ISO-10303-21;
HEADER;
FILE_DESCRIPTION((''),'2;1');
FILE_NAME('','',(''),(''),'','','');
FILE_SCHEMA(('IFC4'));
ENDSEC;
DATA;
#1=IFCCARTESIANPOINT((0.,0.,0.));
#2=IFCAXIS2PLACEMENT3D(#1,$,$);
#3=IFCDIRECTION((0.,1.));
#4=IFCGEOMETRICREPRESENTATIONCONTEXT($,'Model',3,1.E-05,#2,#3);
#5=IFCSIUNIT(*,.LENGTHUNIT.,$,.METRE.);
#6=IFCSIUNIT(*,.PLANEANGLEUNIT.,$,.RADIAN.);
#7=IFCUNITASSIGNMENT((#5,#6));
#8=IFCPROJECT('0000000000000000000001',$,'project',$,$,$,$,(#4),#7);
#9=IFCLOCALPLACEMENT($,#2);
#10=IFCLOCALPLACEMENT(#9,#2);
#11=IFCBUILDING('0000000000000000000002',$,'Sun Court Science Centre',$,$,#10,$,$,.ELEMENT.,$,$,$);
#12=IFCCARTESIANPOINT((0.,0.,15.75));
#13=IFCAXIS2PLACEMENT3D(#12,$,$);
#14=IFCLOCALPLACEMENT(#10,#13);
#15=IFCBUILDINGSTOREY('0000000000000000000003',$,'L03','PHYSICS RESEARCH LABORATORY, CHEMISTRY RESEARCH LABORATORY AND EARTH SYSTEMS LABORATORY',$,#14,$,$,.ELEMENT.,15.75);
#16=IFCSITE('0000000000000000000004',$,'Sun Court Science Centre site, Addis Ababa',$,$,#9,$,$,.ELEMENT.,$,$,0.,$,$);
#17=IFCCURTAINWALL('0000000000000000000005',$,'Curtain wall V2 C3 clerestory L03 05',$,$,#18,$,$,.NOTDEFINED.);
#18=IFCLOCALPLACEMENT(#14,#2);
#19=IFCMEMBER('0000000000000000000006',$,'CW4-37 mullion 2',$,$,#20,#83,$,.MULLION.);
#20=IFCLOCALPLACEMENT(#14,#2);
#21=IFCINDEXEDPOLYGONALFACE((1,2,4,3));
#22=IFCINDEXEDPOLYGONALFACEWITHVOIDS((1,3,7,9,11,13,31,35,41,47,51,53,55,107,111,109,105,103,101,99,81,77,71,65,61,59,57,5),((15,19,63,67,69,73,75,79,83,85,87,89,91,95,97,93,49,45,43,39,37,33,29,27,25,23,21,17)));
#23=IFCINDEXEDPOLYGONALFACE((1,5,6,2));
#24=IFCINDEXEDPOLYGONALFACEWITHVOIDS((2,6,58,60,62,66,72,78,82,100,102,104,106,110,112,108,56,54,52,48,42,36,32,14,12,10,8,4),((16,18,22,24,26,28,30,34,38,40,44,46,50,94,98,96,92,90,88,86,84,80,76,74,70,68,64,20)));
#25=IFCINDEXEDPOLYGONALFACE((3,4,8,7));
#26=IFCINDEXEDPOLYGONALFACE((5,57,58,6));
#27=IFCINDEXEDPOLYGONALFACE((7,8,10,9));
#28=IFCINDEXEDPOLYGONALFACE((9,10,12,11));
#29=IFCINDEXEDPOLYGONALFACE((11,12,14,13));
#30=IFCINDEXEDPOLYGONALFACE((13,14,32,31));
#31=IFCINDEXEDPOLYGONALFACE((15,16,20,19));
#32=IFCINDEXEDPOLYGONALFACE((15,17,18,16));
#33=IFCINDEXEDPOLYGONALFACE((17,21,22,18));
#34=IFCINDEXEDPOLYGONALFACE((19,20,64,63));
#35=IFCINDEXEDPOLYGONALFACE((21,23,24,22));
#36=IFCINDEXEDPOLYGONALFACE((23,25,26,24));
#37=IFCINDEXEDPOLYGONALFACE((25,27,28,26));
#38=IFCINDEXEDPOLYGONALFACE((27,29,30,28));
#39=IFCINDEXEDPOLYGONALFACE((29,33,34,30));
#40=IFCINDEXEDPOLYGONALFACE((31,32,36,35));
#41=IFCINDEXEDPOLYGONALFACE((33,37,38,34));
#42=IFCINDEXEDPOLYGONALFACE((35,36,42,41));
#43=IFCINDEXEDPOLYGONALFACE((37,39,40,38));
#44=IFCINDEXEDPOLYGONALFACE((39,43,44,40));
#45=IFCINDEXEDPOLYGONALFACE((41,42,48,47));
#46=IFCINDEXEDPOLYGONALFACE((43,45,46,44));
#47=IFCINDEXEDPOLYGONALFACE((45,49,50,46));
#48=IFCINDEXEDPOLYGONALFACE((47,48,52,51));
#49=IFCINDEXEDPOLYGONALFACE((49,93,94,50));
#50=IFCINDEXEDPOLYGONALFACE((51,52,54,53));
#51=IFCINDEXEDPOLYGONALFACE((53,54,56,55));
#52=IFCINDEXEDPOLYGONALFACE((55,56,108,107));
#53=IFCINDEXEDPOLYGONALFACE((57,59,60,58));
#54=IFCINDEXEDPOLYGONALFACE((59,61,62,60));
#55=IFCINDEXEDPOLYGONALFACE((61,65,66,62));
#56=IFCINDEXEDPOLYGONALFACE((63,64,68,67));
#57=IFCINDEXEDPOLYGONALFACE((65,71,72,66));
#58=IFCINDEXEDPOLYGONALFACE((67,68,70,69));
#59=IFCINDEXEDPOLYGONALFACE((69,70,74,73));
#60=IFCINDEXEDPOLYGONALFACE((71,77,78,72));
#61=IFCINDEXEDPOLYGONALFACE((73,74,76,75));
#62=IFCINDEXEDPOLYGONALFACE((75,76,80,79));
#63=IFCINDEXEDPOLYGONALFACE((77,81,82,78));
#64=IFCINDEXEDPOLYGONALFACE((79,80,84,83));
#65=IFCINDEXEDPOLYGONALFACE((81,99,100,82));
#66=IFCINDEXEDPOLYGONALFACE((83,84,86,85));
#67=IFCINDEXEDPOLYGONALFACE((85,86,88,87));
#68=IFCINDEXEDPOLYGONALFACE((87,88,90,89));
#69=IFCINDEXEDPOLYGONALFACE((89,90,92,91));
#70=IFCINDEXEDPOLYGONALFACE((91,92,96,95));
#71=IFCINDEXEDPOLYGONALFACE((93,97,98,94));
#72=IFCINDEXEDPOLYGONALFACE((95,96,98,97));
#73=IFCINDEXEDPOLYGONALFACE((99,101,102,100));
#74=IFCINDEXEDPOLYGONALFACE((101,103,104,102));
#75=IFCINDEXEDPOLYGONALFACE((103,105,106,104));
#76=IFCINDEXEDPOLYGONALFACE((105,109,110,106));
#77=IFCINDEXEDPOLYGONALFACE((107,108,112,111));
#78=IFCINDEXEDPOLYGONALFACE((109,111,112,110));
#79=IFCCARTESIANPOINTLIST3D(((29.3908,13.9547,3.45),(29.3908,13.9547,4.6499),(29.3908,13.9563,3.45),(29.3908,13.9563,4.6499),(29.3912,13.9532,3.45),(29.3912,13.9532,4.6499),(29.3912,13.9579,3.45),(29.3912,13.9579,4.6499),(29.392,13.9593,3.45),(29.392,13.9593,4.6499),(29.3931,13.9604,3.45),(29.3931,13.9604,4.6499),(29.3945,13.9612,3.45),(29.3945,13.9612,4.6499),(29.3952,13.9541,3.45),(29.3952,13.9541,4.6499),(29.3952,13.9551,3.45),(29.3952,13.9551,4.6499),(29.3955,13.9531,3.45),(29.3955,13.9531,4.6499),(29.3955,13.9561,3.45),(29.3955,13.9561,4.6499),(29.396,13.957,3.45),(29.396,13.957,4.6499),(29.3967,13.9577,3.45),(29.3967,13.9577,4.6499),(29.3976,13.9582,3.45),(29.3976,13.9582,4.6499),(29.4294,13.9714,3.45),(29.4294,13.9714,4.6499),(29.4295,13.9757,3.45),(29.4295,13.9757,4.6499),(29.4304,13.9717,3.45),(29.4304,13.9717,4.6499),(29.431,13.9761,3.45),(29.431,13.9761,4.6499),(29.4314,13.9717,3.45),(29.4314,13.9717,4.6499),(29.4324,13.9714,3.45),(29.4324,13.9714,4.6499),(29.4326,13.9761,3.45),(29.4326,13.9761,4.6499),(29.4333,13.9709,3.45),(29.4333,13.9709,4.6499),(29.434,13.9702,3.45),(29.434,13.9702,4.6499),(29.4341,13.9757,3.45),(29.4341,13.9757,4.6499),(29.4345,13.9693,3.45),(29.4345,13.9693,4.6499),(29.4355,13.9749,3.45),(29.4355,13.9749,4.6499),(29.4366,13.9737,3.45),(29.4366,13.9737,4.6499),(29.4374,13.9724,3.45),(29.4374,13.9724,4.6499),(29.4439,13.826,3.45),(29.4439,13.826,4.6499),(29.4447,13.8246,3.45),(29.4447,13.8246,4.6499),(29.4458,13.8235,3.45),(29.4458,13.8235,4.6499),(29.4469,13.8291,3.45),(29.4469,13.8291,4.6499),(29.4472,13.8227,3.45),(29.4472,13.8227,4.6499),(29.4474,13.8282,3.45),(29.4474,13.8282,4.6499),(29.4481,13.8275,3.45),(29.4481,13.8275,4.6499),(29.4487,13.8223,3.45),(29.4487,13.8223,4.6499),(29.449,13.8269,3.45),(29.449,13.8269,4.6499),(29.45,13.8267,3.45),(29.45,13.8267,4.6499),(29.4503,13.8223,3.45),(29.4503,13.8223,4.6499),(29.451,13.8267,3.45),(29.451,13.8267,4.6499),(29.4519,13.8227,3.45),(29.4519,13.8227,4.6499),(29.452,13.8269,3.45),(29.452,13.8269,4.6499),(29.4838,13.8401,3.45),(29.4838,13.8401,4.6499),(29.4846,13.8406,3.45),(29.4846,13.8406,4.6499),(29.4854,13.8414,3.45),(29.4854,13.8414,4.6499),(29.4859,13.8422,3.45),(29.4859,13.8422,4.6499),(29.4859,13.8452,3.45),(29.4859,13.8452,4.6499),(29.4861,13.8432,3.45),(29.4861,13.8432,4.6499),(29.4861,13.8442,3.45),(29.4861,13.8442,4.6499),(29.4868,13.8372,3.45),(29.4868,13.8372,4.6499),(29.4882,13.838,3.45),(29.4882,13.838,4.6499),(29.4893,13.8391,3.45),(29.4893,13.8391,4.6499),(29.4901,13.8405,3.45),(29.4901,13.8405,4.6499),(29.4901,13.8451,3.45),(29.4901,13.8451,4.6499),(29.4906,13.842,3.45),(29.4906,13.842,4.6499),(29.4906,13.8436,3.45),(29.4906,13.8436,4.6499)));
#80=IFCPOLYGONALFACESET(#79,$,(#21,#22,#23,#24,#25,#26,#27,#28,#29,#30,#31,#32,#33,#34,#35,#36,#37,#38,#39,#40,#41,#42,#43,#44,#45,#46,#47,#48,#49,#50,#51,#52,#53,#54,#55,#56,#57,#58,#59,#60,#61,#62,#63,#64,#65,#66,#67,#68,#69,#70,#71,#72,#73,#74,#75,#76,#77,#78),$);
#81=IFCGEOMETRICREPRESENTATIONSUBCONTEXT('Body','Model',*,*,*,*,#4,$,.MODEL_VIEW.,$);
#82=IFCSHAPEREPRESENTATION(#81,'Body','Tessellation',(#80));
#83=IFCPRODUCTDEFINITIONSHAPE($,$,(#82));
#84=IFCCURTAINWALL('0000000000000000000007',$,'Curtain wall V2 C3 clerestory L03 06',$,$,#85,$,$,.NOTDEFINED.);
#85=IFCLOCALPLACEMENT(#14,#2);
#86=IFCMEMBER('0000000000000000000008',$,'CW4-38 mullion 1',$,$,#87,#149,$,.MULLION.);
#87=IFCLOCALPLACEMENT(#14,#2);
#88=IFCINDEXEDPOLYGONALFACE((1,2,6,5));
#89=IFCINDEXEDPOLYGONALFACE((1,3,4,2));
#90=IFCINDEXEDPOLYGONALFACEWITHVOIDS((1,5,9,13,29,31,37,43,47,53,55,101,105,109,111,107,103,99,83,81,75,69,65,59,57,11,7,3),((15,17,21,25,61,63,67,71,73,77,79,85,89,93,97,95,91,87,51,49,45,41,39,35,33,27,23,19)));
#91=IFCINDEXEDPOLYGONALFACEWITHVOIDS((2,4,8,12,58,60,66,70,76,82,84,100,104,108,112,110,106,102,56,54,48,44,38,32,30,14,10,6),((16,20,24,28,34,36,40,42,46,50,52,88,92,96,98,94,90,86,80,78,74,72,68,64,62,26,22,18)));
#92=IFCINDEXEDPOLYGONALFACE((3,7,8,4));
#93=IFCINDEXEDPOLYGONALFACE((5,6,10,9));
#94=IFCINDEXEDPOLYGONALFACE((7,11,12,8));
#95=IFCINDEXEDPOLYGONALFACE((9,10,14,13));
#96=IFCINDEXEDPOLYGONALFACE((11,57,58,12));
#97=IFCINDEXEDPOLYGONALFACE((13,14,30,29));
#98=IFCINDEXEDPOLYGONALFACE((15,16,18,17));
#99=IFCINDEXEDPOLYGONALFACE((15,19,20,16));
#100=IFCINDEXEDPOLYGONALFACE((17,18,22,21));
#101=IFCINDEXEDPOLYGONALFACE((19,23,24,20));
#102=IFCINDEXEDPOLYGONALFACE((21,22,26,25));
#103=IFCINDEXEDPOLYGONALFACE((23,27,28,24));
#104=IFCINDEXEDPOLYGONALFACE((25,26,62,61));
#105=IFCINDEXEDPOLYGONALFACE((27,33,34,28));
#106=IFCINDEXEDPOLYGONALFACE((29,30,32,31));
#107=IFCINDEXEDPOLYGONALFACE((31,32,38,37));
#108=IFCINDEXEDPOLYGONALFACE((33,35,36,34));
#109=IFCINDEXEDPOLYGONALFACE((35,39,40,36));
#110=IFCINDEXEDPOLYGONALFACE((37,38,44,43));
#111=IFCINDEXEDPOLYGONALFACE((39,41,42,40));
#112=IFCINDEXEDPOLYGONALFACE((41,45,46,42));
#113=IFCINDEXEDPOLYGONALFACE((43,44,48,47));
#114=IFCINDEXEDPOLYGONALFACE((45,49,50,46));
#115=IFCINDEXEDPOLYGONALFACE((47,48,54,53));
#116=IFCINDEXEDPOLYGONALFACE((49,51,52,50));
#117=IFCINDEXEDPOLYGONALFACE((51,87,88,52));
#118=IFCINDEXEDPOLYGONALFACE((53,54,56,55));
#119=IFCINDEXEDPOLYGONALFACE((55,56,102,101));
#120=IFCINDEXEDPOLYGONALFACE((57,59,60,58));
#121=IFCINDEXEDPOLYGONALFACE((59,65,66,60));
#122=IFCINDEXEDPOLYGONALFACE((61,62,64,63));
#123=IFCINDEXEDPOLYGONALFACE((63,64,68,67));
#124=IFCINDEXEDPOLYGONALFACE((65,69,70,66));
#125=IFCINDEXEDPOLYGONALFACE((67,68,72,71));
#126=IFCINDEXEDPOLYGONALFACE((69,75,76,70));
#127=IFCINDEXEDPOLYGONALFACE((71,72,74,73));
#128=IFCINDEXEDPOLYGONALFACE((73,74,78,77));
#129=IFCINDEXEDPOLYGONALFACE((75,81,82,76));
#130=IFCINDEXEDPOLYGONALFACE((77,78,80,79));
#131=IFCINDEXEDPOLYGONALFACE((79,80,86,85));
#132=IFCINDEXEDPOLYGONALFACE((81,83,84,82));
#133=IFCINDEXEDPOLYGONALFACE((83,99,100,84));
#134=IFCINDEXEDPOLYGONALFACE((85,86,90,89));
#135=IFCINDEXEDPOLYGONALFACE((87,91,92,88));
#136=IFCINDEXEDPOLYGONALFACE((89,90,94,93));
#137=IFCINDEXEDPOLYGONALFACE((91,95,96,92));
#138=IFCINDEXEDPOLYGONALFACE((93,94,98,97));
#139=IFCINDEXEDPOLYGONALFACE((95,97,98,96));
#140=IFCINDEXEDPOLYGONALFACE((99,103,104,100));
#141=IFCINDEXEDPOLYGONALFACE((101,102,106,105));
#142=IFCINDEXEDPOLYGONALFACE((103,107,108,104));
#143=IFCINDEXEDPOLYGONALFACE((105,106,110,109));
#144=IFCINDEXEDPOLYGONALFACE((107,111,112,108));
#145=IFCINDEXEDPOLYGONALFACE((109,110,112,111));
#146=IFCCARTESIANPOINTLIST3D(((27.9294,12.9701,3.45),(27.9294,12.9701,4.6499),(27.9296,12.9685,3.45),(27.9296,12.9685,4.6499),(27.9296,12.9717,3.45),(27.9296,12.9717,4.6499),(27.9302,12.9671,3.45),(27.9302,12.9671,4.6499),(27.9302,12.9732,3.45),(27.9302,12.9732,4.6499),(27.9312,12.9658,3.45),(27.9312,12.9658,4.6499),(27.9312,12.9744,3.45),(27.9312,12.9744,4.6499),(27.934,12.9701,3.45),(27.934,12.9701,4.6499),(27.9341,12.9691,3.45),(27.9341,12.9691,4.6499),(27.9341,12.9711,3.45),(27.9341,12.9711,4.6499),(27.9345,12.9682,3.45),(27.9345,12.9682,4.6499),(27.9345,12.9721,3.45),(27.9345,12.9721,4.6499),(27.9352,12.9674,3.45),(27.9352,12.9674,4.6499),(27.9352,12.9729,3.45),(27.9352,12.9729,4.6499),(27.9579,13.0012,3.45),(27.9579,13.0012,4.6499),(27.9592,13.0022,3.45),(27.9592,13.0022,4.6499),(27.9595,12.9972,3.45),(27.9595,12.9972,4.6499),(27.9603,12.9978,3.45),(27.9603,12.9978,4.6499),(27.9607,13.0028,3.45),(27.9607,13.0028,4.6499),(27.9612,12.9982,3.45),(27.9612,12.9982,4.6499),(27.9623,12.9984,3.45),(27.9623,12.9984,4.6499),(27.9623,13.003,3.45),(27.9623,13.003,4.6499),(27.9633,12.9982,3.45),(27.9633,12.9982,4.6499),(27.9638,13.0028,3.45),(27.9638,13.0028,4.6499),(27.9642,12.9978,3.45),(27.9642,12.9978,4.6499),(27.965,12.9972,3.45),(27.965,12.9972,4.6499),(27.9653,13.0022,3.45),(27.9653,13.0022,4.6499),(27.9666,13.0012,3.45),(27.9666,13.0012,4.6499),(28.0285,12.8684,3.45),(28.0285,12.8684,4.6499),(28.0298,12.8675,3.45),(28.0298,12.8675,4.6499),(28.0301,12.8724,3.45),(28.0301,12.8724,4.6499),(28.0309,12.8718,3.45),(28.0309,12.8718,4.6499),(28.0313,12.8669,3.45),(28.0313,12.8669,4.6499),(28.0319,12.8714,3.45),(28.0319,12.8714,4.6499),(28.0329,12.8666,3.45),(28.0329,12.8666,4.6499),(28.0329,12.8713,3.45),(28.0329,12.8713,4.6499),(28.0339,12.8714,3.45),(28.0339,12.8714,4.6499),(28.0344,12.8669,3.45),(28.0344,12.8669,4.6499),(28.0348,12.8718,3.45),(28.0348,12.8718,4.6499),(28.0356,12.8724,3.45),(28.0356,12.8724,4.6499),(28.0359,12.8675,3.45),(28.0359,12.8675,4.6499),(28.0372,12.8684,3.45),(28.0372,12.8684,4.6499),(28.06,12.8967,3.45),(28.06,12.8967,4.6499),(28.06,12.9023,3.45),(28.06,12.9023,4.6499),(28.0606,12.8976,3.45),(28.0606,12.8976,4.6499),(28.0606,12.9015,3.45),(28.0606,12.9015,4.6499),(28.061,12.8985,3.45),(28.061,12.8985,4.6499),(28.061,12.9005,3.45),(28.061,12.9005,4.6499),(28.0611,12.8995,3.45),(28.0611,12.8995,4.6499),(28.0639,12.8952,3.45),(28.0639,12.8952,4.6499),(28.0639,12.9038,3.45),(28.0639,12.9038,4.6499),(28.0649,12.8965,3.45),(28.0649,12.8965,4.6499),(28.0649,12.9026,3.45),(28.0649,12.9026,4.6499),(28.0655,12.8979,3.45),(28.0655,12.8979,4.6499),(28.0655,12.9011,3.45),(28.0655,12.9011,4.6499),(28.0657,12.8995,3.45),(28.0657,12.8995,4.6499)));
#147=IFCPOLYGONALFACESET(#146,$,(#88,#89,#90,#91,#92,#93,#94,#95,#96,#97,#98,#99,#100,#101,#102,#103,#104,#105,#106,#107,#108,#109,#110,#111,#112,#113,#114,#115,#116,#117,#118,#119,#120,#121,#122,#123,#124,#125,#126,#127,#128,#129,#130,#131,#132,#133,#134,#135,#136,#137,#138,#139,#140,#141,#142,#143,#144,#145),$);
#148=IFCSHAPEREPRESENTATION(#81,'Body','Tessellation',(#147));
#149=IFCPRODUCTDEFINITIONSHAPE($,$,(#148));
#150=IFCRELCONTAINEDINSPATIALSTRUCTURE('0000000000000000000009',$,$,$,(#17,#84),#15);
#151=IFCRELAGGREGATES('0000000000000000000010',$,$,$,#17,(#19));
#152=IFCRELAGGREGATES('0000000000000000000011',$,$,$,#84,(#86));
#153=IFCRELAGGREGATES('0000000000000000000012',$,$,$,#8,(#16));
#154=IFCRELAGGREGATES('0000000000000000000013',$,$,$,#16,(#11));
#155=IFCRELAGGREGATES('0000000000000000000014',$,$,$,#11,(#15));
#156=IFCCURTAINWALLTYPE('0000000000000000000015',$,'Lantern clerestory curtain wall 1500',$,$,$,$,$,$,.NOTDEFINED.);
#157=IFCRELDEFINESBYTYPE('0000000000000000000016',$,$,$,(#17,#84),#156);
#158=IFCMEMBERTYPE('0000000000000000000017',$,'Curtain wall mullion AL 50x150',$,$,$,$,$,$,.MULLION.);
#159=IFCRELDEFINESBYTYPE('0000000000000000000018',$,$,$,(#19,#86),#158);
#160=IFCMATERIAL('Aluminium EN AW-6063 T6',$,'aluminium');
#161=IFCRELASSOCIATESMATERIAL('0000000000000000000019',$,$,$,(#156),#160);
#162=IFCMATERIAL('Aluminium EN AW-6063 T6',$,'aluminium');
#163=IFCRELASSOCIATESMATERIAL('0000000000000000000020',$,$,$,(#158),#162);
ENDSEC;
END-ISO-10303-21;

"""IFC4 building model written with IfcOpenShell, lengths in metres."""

from ifc_helpers import new_model, si_unit, direction, frame, origin, origin_2d, place, context, subcontext, project, spatial, hollow_rectangle, extrude, material, material_profile, profile_set, type_object, element, aggregate, save


model = new_model("IFC4")

# Units and contexts
model_context = context("Model", 3, precision=1e-05, world=origin(), true_north=direction((0.0, 1.0)))
body_context = subcontext(model_context, "Body", "Model", "MODEL_VIEW")
ifc_project = project(units=[si_unit("LENGTHUNIT", "METRE"), si_unit("PLANEANGLEUNIT", "RADIAN")], contexts=[model_context])

# Site, building, storey
site_placement = place(None, origin())
site = spatial("IfcSite", under=ifc_project, at=site_placement, Name="Sun Court Science Centre site, Addis Ababa", CompositionType="ELEMENT", RefElevation=0.0)
building_placement = place(site_placement, origin())
building = spatial("IfcBuilding", under=site, at=building_placement, Name="Sun Court Science Centre", CompositionType="ELEMENT")
storey_placement = place(building_placement, frame((0.0, 0.0, 15.75)))
storey = spatial("IfcBuildingStorey", under=building, at=storey_placement, Name="L03", Description="PHYSICS RESEARCH LABORATORY, CHEMISTRY RESEARCH LABORATORY AND EARTH SYSTEMS LABORATORY", CompositionType="ELEMENT", Elevation=15.75)

# Shared definitions
ifc_material_1 = material(Name="Aluminium EN AW-6063 T6", Category="aluminium")
curtain_wall_type = type_object("IfcCurtainWallType", Name="Lantern clerestory curtain wall 1500", PredefinedType="NOTDEFINED", material=ifc_material_1)
ifc_material_2 = material(Name="Aluminium EN AW-6063 T6", Category="aluminium")
ifc_material_profile_1 = material_profile(ifc_material_2, hollow_rectangle(XDim=0.05, YDim=0.1499, WallThickness=0.0039, InnerFilletRadius=0.0039, OuterFilletRadius=0.0061, at=origin_2d()), Name="AL 50x150x4")
ifc_profile_set_1 = profile_set([ifc_material_profile_1], Name="Aluminium EN AW-6063 T6")
member_type_1 = type_object("IfcMemberType", Name="Curtain wall mullion AL 50x150", PredefinedType="MULLION", material=ifc_profile_set_1)

# Curtain walls, members
curtain_wall_1_placement = place(storey_placement, origin())
curtain_wall_1 = element("IfcCurtainWall", 1, at=curtain_wall_1_placement, inside=storey, type_object=curtain_wall_type, Name="Curtain wall V2 C3 clerestory L03 05", PredefinedType="NOTDEFINED")
member_1_placement = place(storey_placement, frame((29.4407, 13.8992, 3.45), z_axis=(0.0, 0.0, 1.0), x_axis=(0.92388, 0.382683, 0.0)))
member_1 = element("IfcMember", 2, at=member_1_placement, type_object=member_type_1, Name="CW4-37 mullion 2", PredefinedType="MULLION", context=body_context, shape_type="SweptSolid", body=[
    extrude(hollow_rectangle(XDim=0.05, YDim=0.1499, WallThickness=0.0039, InnerFilletRadius=0.0039, OuterFilletRadius=0.0061, at=origin_2d()), origin(), (0.0, 0.0, 1.0), 1.2),
])
curtain_wall_2_placement = place(storey_placement, origin())
curtain_wall_2 = element("IfcCurtainWall", 3, at=curtain_wall_2_placement, inside=storey, type_object=curtain_wall_type, Name="Curtain wall V2 C3 clerestory L03 06", PredefinedType="NOTDEFINED")
member_2_placement = place(storey_placement, frame((27.9976, 12.9348, 3.45), z_axis=(0.0, 0.0, 1.0), x_axis=(0.707107, 0.707107, 0.0)))
member_2 = element("IfcMember", 4, at=member_2_placement, type_object=member_type_1, Name="CW4-38 mullion 1", PredefinedType="MULLION", context=body_context, shape_type="SweptSolid", body=[
    extrude(hollow_rectangle(XDim=0.05, YDim=0.1499, WallThickness=0.0039, InnerFilletRadius=0.0039, OuterFilletRadius=0.0061, at=origin_2d()), origin(), (0.0, 0.0, 1.0), 1.2),
])

aggregate(curtain_wall_1, [member_1])
aggregate(curtain_wall_2, [member_2])

save(model, "model.ifc")
